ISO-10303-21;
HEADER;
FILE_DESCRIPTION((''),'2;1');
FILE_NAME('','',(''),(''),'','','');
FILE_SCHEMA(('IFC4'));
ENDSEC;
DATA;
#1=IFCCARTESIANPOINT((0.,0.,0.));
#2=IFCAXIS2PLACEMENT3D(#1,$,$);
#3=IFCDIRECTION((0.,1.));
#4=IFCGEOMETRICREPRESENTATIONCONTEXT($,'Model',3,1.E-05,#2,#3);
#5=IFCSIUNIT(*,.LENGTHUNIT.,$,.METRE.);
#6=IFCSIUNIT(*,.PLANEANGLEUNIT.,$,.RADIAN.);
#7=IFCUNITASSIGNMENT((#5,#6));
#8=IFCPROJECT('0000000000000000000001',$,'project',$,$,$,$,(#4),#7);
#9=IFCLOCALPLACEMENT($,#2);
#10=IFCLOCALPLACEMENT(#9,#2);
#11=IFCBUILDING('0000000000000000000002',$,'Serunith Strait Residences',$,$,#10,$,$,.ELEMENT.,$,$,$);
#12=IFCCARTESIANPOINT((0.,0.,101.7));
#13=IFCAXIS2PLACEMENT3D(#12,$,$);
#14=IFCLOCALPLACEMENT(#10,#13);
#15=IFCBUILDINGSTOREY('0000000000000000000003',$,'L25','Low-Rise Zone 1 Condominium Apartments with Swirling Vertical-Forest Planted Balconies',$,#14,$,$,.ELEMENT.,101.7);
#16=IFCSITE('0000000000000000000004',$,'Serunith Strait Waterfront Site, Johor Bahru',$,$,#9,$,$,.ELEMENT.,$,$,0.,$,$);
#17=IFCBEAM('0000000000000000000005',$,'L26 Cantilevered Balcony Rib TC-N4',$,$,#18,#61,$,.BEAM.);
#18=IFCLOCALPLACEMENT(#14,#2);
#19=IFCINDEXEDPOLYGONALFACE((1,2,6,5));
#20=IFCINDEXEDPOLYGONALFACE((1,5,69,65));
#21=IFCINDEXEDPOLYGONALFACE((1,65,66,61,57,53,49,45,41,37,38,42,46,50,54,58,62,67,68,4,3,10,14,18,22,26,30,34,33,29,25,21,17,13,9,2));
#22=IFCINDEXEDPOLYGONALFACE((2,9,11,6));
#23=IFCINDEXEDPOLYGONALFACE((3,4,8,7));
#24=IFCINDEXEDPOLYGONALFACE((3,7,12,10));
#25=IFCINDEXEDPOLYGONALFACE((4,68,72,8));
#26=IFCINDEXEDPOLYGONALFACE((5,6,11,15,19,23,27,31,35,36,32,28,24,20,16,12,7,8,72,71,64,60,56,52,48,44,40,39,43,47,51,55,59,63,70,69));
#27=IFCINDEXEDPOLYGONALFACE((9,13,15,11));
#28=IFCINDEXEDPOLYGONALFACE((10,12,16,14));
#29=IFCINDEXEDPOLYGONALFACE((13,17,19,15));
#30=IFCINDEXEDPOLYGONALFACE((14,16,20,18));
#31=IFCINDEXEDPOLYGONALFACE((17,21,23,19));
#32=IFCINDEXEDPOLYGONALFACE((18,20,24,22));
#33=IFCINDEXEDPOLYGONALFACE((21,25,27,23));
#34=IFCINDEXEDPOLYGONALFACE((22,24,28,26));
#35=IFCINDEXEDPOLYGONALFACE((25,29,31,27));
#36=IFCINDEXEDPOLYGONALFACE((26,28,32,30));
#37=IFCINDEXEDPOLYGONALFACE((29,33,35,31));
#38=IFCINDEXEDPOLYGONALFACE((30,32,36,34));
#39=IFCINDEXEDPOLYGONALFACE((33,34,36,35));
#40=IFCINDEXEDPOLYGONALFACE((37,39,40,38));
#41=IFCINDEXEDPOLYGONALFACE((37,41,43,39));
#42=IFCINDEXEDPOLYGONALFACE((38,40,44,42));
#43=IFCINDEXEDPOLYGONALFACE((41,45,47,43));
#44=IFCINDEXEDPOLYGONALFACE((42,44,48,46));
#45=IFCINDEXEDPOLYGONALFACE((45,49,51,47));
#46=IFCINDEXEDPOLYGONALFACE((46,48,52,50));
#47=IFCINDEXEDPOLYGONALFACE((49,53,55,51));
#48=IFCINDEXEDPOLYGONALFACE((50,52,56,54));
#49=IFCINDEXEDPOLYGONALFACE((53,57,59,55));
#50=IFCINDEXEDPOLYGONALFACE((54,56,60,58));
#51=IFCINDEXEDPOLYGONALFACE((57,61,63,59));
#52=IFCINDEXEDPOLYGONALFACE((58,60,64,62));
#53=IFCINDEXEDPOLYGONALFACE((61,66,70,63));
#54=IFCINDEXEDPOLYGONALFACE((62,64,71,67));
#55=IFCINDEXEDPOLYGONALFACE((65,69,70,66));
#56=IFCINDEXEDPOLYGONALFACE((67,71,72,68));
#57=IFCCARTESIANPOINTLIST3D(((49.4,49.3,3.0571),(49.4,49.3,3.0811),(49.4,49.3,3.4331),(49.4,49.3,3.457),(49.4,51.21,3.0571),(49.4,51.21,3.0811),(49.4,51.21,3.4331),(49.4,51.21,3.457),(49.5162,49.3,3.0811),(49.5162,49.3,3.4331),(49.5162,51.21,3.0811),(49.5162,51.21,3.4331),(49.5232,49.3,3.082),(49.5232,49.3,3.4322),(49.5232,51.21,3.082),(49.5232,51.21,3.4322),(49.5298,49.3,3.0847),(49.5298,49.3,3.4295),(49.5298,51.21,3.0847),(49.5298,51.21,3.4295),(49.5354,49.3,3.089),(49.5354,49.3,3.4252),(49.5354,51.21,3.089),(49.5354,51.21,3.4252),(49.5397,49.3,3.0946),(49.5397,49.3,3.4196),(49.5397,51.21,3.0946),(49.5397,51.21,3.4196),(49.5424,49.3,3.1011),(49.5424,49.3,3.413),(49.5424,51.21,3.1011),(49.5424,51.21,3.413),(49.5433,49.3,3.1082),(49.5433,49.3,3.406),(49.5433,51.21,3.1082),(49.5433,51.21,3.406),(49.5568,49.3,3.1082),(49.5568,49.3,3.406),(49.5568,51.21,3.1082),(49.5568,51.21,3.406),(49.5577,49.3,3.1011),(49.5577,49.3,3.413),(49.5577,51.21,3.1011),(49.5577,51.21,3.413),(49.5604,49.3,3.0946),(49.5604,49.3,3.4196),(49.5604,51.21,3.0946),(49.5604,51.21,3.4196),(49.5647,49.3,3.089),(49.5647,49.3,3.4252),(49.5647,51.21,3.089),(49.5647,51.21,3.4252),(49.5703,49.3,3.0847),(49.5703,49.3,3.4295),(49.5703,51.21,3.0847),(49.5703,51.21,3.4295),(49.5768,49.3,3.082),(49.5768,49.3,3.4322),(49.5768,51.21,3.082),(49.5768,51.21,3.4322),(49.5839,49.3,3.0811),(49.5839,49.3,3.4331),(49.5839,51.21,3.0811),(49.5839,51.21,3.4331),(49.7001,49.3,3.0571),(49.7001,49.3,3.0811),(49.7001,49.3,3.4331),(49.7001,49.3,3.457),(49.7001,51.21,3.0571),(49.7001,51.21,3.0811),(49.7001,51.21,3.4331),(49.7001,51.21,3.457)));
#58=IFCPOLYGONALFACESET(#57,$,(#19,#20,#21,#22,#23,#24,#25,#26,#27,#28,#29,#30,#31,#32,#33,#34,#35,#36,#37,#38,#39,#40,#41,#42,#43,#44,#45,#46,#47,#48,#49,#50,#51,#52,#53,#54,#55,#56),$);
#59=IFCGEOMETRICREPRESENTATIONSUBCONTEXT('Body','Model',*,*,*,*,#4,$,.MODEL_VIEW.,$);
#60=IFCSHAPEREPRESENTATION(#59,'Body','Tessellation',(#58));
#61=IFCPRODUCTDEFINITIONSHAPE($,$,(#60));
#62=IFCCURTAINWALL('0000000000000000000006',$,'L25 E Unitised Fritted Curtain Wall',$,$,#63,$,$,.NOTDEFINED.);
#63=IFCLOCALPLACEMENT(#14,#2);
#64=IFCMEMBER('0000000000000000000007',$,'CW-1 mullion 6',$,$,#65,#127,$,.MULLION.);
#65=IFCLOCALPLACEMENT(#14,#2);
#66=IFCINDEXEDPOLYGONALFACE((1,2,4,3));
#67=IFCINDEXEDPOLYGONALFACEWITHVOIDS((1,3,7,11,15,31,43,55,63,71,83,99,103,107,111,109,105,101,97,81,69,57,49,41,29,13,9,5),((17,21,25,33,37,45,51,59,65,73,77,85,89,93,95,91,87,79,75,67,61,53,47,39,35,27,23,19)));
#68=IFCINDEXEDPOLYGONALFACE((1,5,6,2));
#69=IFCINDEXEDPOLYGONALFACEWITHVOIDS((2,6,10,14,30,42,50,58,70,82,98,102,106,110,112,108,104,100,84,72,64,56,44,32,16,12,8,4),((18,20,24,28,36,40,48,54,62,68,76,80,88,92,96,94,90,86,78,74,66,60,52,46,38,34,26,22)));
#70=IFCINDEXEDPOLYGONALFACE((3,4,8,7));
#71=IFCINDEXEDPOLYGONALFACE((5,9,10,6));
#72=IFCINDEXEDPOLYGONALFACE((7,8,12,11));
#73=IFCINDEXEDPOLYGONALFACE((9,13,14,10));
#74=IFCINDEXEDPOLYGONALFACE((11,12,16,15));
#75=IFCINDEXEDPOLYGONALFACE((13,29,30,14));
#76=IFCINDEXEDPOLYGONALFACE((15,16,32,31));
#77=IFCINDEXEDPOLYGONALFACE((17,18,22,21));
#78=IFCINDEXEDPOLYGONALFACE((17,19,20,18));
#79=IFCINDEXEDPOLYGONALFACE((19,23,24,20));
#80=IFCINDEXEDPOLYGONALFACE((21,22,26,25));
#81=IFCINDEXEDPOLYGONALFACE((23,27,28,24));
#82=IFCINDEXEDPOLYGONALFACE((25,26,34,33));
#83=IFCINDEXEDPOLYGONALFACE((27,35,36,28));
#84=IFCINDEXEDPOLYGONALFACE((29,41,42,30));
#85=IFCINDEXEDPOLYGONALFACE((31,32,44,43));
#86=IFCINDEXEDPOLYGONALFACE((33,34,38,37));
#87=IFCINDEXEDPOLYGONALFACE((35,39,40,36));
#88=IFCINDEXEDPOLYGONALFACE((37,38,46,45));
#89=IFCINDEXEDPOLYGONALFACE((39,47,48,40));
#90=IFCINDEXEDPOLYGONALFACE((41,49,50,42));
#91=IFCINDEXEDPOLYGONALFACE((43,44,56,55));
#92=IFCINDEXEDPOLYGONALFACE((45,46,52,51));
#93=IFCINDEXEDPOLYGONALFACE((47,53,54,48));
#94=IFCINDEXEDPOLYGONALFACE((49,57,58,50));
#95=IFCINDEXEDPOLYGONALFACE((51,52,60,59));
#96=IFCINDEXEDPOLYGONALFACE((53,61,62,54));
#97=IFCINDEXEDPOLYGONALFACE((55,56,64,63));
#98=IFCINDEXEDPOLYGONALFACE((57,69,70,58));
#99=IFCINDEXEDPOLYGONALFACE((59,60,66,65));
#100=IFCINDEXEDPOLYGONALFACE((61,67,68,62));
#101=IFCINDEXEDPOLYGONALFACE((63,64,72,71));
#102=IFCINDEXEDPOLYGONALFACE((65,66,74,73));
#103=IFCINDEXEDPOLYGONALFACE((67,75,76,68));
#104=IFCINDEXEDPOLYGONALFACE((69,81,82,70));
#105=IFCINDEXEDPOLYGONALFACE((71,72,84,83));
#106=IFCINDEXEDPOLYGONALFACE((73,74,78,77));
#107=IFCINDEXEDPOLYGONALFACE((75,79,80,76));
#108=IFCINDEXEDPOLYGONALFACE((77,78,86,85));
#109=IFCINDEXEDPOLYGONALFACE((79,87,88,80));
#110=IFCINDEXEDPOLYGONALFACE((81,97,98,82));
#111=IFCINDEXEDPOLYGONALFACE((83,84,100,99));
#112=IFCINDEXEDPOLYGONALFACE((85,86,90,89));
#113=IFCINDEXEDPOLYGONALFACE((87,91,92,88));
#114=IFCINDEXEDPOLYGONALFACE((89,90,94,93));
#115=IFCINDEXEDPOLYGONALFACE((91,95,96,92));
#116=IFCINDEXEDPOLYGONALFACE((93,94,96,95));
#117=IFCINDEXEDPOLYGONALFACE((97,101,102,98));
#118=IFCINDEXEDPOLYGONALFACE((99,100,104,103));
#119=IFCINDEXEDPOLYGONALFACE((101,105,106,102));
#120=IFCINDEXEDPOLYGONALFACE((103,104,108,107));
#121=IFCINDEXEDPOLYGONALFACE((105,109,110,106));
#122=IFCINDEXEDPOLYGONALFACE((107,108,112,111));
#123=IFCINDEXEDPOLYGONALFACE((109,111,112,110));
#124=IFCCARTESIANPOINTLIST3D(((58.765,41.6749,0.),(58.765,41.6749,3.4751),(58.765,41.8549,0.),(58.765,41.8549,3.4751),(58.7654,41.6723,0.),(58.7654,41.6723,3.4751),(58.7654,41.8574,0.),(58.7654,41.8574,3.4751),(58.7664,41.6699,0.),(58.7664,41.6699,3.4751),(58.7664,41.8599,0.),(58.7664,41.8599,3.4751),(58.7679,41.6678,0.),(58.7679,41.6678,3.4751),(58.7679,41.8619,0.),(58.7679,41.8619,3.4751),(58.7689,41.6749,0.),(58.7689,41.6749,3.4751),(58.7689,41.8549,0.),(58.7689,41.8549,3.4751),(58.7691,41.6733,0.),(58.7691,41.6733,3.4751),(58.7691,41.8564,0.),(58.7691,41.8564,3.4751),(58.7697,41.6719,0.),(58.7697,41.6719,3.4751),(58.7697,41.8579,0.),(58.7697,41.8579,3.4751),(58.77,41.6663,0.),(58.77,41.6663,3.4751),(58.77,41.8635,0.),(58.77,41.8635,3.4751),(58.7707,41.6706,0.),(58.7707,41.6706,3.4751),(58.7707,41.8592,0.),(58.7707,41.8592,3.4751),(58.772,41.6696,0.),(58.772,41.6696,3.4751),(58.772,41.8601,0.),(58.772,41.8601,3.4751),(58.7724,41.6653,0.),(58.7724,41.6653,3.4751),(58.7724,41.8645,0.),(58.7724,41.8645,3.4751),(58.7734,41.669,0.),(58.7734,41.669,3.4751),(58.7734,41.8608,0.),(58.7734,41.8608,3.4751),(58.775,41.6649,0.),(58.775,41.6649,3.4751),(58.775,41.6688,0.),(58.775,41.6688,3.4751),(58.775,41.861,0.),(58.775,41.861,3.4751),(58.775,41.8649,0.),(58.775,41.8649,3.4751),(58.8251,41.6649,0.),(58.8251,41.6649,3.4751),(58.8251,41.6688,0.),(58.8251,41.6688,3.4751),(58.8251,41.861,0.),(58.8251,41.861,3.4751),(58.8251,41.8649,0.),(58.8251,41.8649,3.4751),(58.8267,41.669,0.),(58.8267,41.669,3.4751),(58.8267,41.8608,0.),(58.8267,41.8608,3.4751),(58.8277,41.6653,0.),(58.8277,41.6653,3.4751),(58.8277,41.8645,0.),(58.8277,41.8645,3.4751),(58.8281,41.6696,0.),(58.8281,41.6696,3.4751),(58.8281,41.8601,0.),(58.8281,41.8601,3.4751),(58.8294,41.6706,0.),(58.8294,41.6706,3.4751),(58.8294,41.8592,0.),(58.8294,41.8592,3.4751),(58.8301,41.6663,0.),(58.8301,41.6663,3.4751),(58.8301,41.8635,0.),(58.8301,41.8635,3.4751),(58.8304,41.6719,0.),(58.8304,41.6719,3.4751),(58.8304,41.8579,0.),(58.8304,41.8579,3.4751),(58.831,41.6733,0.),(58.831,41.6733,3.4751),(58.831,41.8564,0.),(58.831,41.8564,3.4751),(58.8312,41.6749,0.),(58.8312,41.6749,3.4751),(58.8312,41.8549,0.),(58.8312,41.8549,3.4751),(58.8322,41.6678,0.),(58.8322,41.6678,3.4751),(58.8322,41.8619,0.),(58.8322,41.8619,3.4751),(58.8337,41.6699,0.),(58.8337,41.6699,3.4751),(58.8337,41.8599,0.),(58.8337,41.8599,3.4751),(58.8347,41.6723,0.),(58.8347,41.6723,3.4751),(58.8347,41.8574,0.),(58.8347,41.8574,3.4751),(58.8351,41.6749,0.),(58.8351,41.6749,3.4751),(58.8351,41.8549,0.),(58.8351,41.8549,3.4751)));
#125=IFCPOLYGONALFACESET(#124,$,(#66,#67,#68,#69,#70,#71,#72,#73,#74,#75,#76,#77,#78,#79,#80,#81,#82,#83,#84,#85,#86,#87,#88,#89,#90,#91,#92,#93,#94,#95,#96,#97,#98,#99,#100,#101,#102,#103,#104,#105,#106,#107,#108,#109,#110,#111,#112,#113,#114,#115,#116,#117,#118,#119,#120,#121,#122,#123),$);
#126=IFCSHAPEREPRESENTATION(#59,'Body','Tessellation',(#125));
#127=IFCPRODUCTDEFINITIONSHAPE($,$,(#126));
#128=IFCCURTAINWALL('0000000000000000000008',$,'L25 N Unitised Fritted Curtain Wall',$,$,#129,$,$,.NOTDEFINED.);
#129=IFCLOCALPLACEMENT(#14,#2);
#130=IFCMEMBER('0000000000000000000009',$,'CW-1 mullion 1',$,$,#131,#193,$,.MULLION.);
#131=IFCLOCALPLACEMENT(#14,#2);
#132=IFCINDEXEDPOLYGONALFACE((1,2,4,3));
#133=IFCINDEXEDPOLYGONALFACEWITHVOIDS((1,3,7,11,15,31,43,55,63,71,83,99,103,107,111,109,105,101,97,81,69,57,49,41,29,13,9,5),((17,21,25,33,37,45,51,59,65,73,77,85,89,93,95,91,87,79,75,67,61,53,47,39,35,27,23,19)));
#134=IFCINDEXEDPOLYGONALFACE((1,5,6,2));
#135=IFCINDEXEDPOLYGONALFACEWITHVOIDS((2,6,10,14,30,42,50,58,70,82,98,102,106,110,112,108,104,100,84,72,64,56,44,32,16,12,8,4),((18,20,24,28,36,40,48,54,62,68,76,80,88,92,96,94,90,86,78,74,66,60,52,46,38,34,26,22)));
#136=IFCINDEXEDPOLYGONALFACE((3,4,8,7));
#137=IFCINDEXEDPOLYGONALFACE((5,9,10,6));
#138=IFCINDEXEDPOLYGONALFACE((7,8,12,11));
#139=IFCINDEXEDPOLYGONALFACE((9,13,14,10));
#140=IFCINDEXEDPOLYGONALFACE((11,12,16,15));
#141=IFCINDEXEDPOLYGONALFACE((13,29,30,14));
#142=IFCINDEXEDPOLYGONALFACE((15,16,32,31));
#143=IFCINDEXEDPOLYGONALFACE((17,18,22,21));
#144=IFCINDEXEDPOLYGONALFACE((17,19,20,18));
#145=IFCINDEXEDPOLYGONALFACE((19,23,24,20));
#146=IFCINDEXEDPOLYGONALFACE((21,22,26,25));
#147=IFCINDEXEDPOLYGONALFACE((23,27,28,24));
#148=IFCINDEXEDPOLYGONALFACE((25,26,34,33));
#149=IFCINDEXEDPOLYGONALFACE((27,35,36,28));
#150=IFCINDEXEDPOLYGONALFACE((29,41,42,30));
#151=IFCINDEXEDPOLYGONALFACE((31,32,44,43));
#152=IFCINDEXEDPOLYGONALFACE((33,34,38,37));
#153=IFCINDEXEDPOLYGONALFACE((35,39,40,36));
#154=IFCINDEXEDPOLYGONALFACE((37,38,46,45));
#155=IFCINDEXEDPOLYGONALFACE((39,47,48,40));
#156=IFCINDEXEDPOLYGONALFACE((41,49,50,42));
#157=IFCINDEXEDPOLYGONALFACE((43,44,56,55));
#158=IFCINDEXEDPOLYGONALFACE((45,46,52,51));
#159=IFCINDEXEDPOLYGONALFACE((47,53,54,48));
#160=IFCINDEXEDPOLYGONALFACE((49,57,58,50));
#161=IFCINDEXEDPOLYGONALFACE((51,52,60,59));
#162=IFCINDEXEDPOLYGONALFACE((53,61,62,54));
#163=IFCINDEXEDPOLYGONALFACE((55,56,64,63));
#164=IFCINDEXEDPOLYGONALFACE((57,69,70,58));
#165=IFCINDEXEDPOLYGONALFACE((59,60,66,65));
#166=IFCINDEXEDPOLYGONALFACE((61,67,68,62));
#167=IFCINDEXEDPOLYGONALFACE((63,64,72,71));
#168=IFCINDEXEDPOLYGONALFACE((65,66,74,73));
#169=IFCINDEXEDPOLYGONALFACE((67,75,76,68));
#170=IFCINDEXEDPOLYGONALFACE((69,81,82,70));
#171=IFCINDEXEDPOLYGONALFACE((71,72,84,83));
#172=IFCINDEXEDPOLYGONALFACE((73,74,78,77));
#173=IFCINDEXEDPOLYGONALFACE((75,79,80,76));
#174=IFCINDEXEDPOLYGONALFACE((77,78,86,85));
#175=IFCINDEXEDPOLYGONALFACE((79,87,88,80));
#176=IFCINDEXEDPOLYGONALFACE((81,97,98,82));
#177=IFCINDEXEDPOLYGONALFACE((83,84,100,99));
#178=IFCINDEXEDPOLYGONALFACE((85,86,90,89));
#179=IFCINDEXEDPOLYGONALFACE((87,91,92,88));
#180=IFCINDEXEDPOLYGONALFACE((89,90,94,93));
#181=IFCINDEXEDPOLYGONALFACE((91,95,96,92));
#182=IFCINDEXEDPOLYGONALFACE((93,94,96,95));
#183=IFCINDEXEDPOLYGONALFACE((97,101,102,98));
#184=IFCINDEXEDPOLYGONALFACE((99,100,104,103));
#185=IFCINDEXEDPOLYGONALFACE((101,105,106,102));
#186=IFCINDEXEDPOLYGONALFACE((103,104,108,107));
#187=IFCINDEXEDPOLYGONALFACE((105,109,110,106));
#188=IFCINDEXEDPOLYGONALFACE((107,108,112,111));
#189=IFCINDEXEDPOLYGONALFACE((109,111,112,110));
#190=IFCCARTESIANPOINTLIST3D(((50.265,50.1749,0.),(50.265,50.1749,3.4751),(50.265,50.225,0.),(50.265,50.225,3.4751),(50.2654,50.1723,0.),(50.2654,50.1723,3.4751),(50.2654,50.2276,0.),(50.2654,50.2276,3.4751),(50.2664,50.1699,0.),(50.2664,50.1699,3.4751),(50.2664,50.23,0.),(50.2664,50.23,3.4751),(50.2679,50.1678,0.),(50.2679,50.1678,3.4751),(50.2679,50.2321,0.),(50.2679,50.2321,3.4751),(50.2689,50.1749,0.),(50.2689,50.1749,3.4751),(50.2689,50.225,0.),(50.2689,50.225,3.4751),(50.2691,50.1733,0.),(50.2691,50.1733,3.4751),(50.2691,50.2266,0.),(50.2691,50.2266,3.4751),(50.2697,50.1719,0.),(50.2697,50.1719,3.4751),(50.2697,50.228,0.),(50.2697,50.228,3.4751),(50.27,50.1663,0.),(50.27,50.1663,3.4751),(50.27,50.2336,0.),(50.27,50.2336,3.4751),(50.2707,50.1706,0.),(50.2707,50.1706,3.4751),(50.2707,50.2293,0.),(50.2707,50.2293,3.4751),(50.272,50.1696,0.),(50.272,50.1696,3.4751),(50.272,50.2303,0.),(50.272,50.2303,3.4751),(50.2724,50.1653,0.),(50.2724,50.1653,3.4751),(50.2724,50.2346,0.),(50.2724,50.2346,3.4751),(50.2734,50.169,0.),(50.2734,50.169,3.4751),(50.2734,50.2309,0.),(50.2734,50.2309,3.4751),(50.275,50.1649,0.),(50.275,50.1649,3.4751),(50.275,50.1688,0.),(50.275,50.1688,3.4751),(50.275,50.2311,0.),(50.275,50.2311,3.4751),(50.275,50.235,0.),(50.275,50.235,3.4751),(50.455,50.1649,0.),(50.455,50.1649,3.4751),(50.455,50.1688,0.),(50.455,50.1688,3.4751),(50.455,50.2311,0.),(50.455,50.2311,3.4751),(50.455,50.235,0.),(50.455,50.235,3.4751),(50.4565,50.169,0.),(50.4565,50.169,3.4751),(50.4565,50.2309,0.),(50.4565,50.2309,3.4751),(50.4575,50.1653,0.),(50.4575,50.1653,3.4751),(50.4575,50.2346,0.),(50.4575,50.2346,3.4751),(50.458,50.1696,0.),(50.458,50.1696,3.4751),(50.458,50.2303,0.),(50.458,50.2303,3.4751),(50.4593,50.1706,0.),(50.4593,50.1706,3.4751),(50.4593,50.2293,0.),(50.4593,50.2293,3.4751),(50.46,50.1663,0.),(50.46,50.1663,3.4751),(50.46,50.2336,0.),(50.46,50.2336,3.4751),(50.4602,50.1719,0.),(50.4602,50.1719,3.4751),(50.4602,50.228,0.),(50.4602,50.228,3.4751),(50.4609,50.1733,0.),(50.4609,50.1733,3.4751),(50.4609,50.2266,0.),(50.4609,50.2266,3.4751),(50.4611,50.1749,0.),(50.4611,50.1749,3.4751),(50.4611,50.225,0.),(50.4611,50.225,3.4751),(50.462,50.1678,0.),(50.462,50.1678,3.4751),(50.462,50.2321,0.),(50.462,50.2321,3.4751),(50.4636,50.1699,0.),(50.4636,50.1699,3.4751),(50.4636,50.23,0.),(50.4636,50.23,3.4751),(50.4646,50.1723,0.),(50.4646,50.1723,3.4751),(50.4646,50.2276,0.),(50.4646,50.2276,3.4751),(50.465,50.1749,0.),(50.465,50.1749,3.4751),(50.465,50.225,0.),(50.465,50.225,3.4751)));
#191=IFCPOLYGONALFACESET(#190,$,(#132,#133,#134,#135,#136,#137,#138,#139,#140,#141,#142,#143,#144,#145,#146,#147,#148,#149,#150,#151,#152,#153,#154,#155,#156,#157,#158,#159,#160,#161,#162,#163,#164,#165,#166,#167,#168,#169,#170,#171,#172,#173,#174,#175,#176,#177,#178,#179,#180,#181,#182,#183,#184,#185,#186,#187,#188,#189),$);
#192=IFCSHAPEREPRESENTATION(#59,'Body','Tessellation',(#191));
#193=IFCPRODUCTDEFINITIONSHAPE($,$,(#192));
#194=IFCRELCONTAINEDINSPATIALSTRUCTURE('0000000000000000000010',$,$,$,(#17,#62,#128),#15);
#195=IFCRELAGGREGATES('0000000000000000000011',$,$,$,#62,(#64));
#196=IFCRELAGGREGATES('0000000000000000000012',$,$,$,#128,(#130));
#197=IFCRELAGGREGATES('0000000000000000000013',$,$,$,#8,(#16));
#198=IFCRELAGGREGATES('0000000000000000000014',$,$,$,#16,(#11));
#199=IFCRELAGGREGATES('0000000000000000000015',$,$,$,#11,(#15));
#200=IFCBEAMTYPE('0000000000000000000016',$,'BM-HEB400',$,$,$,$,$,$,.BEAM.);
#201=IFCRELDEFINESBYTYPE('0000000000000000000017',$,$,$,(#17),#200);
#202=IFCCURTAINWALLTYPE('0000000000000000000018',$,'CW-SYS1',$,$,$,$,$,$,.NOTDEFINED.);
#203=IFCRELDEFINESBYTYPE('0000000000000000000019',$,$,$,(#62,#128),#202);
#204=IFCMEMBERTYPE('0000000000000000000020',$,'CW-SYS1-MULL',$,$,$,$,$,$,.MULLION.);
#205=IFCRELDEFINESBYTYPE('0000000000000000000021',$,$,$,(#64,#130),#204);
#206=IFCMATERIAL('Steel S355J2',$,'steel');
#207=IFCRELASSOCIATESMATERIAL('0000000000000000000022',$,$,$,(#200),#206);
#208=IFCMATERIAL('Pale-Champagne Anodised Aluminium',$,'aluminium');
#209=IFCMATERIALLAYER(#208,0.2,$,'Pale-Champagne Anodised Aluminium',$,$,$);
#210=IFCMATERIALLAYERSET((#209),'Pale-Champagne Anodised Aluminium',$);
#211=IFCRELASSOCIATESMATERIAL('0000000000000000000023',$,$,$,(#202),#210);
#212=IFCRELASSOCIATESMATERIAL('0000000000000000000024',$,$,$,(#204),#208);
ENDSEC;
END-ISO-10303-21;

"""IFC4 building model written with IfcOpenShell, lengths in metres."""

from ifc_helpers import new_model, si_unit, direction, frame, origin, origin_2d, place, context, subcontext, project, spatial, hollow_rectangle, i_section, extrude, source, transform, mapped, material, layer, layer_set, material_profile, profile_set, type_object, element, aggregate, save


model = new_model("IFC4")

# Units and contexts
model_context = context("Model", 3, precision=1e-05, world=origin(), true_north=direction((0.0, 1.0)))
body_context = subcontext(model_context, "Body", "Model", "MODEL_VIEW")
ifc_project = project(units=[si_unit("LENGTHUNIT", "METRE"), si_unit("PLANEANGLEUNIT", "RADIAN")], contexts=[model_context])

# Site, building, storey
site_placement = place(None, origin())
site = spatial("IfcSite", under=ifc_project, at=site_placement, Name="Serunith Strait Waterfront Site, Johor Bahru", CompositionType="ELEMENT", RefElevation=0.0)
building_placement = place(site_placement, origin())
building = spatial("IfcBuilding", under=site, at=building_placement, Name="Serunith Strait Residences", CompositionType="ELEMENT")
storey_placement = place(building_placement, frame((0.0, 0.0, 101.7)))
storey = spatial("IfcBuildingStorey", under=building, at=storey_placement, Name="L25", Description="Low-Rise Zone 1 Condominium Apartments with Swirling Vertical-Forest Planted Balconies", CompositionType="ELEMENT", Elevation=101.7)

# Beam
ifc_material_1 = material(Name="Steel S355J2", Category="steel")
ifc_material_profile_1 = material_profile(ifc_material_1, i_section(OverallWidth=0.3, OverallDepth=0.3999, WebThickness=0.0134, FlangeThickness=0.0239, FilletRadius=0.0271, at=origin_2d()), Name="HEB 400")
ifc_profile_set_1 = profile_set([ifc_material_profile_1], Name="Steel S355J2")
beam_type_1 = type_object("IfcBeamType", Name="BM-HEB400", PredefinedType="BEAM", material=ifc_profile_set_1)
shared_shape_1 = source(origin(), body_context, "Body", "SweptSolid", [
    extrude(i_section(OverallWidth=0.3, OverallDepth=0.3999, WebThickness=0.0134, FlangeThickness=0.0239, FilletRadius=0.0271, at=origin_2d()), origin(), (0.0, 0.0, 1.0), 1.9099),
])
beam_1_placement = place(storey_placement, frame((49.55, 49.3, 3.2571), z_axis=(0.0, 1.0, 0.0), x_axis=(-1.0, 0.0, 0.0)))
element("IfcBeam", 1, at=beam_1_placement, inside=storey, type_object=beam_type_1, Name="L26 Cantilevered Balcony Rib TC-N4", PredefinedType="BEAM", context=body_context, shape_type="MappedRepresentation", body=[
    mapped(shared_shape_1, transform((0.0, 0.0, 0.0), scale=1.0)),
])

# Curtain wall, member
ifc_material_2 = material(Name="Pale-Champagne Anodised Aluminium", Category="aluminium")
ifc_layer_1 = layer(ifc_material_2, 0.2, Name="Pale-Champagne Anodised Aluminium")
ifc_layer_set_1 = layer_set([ifc_layer_1], Name="Pale-Champagne Anodised Aluminium")
curtain_wall_type = type_object("IfcCurtainWallType", Name="CW-SYS1", PredefinedType="NOTDEFINED", material=ifc_layer_set_1)
curtain_wall_1_placement = place(storey_placement, origin())
curtain_wall_1 = element("IfcCurtainWall", 2, at=curtain_wall_1_placement, inside=storey, type_object=curtain_wall_type, Name="L25 E Unitised Fritted Curtain Wall", PredefinedType="NOTDEFINED")
ifc_material_profile_2 = material_profile(ifc_material_2, hollow_rectangle(XDim=0.0701, YDim=0.2, WallThickness=0.0039, InnerFilletRadius=0.0061, OuterFilletRadius=0.01, at=origin_2d()), Name="ALU 200x70x4")
ifc_profile_set_2 = profile_set([ifc_material_profile_2], Name="Pale-Champagne Anodised Aluminium")
member_type_1 = type_object("IfcMemberType", Name="CW-SYS1-MULL", PredefinedType="MULLION", material=ifc_profile_set_2)
shared_shape_2 = source(origin(), body_context, "Body", "SweptSolid", [
    extrude(hollow_rectangle(XDim=0.0701, YDim=0.2, WallThickness=0.0039, InnerFilletRadius=0.0061, OuterFilletRadius=0.01, at=origin_2d()), origin(), (0.0, 0.0, 1.0), 3.4751),
])
member_1_placement = place(storey_placement, frame((58.8, 41.7649, 0.0), z_axis=(0.0, 0.0, 1.0), x_axis=(-1.0, 0.0, 0.0)))
member_1 = element("IfcMember", 3, at=member_1_placement, type_object=member_type_1, Name="CW-1 mullion 6", PredefinedType="MULLION", context=body_context, shape_type="MappedRepresentation", body=[
    mapped(shared_shape_2, transform((0.0, 0.0, 0.0), scale=1.0)),
])
aggregate(curtain_wall_1, [member_1])

# Curtain wall, member
curtain_wall_2_placement = place(storey_placement, origin())
curtain_wall_2 = element("IfcCurtainWall", 4, at=curtain_wall_2_placement, inside=storey, type_object=curtain_wall_type, Name="L25 N Unitised Fritted Curtain Wall", PredefinedType="NOTDEFINED")
member_2_placement = place(storey_placement, frame((50.365, 50.2, 0.0), z_axis=(0.0, 0.0, 1.0), x_axis=(0.0, -1.0, 0.0)))
member_2 = element("IfcMember", 5, at=member_2_placement, type_object=member_type_1, Name="CW-1 mullion 1", PredefinedType="MULLION", context=body_context, shape_type="MappedRepresentation", body=[
    mapped(shared_shape_2, transform((0.0, 0.0, 0.0), scale=1.0)),
])
aggregate(curtain_wall_2, [member_2])

save(model, "model.ifc")
